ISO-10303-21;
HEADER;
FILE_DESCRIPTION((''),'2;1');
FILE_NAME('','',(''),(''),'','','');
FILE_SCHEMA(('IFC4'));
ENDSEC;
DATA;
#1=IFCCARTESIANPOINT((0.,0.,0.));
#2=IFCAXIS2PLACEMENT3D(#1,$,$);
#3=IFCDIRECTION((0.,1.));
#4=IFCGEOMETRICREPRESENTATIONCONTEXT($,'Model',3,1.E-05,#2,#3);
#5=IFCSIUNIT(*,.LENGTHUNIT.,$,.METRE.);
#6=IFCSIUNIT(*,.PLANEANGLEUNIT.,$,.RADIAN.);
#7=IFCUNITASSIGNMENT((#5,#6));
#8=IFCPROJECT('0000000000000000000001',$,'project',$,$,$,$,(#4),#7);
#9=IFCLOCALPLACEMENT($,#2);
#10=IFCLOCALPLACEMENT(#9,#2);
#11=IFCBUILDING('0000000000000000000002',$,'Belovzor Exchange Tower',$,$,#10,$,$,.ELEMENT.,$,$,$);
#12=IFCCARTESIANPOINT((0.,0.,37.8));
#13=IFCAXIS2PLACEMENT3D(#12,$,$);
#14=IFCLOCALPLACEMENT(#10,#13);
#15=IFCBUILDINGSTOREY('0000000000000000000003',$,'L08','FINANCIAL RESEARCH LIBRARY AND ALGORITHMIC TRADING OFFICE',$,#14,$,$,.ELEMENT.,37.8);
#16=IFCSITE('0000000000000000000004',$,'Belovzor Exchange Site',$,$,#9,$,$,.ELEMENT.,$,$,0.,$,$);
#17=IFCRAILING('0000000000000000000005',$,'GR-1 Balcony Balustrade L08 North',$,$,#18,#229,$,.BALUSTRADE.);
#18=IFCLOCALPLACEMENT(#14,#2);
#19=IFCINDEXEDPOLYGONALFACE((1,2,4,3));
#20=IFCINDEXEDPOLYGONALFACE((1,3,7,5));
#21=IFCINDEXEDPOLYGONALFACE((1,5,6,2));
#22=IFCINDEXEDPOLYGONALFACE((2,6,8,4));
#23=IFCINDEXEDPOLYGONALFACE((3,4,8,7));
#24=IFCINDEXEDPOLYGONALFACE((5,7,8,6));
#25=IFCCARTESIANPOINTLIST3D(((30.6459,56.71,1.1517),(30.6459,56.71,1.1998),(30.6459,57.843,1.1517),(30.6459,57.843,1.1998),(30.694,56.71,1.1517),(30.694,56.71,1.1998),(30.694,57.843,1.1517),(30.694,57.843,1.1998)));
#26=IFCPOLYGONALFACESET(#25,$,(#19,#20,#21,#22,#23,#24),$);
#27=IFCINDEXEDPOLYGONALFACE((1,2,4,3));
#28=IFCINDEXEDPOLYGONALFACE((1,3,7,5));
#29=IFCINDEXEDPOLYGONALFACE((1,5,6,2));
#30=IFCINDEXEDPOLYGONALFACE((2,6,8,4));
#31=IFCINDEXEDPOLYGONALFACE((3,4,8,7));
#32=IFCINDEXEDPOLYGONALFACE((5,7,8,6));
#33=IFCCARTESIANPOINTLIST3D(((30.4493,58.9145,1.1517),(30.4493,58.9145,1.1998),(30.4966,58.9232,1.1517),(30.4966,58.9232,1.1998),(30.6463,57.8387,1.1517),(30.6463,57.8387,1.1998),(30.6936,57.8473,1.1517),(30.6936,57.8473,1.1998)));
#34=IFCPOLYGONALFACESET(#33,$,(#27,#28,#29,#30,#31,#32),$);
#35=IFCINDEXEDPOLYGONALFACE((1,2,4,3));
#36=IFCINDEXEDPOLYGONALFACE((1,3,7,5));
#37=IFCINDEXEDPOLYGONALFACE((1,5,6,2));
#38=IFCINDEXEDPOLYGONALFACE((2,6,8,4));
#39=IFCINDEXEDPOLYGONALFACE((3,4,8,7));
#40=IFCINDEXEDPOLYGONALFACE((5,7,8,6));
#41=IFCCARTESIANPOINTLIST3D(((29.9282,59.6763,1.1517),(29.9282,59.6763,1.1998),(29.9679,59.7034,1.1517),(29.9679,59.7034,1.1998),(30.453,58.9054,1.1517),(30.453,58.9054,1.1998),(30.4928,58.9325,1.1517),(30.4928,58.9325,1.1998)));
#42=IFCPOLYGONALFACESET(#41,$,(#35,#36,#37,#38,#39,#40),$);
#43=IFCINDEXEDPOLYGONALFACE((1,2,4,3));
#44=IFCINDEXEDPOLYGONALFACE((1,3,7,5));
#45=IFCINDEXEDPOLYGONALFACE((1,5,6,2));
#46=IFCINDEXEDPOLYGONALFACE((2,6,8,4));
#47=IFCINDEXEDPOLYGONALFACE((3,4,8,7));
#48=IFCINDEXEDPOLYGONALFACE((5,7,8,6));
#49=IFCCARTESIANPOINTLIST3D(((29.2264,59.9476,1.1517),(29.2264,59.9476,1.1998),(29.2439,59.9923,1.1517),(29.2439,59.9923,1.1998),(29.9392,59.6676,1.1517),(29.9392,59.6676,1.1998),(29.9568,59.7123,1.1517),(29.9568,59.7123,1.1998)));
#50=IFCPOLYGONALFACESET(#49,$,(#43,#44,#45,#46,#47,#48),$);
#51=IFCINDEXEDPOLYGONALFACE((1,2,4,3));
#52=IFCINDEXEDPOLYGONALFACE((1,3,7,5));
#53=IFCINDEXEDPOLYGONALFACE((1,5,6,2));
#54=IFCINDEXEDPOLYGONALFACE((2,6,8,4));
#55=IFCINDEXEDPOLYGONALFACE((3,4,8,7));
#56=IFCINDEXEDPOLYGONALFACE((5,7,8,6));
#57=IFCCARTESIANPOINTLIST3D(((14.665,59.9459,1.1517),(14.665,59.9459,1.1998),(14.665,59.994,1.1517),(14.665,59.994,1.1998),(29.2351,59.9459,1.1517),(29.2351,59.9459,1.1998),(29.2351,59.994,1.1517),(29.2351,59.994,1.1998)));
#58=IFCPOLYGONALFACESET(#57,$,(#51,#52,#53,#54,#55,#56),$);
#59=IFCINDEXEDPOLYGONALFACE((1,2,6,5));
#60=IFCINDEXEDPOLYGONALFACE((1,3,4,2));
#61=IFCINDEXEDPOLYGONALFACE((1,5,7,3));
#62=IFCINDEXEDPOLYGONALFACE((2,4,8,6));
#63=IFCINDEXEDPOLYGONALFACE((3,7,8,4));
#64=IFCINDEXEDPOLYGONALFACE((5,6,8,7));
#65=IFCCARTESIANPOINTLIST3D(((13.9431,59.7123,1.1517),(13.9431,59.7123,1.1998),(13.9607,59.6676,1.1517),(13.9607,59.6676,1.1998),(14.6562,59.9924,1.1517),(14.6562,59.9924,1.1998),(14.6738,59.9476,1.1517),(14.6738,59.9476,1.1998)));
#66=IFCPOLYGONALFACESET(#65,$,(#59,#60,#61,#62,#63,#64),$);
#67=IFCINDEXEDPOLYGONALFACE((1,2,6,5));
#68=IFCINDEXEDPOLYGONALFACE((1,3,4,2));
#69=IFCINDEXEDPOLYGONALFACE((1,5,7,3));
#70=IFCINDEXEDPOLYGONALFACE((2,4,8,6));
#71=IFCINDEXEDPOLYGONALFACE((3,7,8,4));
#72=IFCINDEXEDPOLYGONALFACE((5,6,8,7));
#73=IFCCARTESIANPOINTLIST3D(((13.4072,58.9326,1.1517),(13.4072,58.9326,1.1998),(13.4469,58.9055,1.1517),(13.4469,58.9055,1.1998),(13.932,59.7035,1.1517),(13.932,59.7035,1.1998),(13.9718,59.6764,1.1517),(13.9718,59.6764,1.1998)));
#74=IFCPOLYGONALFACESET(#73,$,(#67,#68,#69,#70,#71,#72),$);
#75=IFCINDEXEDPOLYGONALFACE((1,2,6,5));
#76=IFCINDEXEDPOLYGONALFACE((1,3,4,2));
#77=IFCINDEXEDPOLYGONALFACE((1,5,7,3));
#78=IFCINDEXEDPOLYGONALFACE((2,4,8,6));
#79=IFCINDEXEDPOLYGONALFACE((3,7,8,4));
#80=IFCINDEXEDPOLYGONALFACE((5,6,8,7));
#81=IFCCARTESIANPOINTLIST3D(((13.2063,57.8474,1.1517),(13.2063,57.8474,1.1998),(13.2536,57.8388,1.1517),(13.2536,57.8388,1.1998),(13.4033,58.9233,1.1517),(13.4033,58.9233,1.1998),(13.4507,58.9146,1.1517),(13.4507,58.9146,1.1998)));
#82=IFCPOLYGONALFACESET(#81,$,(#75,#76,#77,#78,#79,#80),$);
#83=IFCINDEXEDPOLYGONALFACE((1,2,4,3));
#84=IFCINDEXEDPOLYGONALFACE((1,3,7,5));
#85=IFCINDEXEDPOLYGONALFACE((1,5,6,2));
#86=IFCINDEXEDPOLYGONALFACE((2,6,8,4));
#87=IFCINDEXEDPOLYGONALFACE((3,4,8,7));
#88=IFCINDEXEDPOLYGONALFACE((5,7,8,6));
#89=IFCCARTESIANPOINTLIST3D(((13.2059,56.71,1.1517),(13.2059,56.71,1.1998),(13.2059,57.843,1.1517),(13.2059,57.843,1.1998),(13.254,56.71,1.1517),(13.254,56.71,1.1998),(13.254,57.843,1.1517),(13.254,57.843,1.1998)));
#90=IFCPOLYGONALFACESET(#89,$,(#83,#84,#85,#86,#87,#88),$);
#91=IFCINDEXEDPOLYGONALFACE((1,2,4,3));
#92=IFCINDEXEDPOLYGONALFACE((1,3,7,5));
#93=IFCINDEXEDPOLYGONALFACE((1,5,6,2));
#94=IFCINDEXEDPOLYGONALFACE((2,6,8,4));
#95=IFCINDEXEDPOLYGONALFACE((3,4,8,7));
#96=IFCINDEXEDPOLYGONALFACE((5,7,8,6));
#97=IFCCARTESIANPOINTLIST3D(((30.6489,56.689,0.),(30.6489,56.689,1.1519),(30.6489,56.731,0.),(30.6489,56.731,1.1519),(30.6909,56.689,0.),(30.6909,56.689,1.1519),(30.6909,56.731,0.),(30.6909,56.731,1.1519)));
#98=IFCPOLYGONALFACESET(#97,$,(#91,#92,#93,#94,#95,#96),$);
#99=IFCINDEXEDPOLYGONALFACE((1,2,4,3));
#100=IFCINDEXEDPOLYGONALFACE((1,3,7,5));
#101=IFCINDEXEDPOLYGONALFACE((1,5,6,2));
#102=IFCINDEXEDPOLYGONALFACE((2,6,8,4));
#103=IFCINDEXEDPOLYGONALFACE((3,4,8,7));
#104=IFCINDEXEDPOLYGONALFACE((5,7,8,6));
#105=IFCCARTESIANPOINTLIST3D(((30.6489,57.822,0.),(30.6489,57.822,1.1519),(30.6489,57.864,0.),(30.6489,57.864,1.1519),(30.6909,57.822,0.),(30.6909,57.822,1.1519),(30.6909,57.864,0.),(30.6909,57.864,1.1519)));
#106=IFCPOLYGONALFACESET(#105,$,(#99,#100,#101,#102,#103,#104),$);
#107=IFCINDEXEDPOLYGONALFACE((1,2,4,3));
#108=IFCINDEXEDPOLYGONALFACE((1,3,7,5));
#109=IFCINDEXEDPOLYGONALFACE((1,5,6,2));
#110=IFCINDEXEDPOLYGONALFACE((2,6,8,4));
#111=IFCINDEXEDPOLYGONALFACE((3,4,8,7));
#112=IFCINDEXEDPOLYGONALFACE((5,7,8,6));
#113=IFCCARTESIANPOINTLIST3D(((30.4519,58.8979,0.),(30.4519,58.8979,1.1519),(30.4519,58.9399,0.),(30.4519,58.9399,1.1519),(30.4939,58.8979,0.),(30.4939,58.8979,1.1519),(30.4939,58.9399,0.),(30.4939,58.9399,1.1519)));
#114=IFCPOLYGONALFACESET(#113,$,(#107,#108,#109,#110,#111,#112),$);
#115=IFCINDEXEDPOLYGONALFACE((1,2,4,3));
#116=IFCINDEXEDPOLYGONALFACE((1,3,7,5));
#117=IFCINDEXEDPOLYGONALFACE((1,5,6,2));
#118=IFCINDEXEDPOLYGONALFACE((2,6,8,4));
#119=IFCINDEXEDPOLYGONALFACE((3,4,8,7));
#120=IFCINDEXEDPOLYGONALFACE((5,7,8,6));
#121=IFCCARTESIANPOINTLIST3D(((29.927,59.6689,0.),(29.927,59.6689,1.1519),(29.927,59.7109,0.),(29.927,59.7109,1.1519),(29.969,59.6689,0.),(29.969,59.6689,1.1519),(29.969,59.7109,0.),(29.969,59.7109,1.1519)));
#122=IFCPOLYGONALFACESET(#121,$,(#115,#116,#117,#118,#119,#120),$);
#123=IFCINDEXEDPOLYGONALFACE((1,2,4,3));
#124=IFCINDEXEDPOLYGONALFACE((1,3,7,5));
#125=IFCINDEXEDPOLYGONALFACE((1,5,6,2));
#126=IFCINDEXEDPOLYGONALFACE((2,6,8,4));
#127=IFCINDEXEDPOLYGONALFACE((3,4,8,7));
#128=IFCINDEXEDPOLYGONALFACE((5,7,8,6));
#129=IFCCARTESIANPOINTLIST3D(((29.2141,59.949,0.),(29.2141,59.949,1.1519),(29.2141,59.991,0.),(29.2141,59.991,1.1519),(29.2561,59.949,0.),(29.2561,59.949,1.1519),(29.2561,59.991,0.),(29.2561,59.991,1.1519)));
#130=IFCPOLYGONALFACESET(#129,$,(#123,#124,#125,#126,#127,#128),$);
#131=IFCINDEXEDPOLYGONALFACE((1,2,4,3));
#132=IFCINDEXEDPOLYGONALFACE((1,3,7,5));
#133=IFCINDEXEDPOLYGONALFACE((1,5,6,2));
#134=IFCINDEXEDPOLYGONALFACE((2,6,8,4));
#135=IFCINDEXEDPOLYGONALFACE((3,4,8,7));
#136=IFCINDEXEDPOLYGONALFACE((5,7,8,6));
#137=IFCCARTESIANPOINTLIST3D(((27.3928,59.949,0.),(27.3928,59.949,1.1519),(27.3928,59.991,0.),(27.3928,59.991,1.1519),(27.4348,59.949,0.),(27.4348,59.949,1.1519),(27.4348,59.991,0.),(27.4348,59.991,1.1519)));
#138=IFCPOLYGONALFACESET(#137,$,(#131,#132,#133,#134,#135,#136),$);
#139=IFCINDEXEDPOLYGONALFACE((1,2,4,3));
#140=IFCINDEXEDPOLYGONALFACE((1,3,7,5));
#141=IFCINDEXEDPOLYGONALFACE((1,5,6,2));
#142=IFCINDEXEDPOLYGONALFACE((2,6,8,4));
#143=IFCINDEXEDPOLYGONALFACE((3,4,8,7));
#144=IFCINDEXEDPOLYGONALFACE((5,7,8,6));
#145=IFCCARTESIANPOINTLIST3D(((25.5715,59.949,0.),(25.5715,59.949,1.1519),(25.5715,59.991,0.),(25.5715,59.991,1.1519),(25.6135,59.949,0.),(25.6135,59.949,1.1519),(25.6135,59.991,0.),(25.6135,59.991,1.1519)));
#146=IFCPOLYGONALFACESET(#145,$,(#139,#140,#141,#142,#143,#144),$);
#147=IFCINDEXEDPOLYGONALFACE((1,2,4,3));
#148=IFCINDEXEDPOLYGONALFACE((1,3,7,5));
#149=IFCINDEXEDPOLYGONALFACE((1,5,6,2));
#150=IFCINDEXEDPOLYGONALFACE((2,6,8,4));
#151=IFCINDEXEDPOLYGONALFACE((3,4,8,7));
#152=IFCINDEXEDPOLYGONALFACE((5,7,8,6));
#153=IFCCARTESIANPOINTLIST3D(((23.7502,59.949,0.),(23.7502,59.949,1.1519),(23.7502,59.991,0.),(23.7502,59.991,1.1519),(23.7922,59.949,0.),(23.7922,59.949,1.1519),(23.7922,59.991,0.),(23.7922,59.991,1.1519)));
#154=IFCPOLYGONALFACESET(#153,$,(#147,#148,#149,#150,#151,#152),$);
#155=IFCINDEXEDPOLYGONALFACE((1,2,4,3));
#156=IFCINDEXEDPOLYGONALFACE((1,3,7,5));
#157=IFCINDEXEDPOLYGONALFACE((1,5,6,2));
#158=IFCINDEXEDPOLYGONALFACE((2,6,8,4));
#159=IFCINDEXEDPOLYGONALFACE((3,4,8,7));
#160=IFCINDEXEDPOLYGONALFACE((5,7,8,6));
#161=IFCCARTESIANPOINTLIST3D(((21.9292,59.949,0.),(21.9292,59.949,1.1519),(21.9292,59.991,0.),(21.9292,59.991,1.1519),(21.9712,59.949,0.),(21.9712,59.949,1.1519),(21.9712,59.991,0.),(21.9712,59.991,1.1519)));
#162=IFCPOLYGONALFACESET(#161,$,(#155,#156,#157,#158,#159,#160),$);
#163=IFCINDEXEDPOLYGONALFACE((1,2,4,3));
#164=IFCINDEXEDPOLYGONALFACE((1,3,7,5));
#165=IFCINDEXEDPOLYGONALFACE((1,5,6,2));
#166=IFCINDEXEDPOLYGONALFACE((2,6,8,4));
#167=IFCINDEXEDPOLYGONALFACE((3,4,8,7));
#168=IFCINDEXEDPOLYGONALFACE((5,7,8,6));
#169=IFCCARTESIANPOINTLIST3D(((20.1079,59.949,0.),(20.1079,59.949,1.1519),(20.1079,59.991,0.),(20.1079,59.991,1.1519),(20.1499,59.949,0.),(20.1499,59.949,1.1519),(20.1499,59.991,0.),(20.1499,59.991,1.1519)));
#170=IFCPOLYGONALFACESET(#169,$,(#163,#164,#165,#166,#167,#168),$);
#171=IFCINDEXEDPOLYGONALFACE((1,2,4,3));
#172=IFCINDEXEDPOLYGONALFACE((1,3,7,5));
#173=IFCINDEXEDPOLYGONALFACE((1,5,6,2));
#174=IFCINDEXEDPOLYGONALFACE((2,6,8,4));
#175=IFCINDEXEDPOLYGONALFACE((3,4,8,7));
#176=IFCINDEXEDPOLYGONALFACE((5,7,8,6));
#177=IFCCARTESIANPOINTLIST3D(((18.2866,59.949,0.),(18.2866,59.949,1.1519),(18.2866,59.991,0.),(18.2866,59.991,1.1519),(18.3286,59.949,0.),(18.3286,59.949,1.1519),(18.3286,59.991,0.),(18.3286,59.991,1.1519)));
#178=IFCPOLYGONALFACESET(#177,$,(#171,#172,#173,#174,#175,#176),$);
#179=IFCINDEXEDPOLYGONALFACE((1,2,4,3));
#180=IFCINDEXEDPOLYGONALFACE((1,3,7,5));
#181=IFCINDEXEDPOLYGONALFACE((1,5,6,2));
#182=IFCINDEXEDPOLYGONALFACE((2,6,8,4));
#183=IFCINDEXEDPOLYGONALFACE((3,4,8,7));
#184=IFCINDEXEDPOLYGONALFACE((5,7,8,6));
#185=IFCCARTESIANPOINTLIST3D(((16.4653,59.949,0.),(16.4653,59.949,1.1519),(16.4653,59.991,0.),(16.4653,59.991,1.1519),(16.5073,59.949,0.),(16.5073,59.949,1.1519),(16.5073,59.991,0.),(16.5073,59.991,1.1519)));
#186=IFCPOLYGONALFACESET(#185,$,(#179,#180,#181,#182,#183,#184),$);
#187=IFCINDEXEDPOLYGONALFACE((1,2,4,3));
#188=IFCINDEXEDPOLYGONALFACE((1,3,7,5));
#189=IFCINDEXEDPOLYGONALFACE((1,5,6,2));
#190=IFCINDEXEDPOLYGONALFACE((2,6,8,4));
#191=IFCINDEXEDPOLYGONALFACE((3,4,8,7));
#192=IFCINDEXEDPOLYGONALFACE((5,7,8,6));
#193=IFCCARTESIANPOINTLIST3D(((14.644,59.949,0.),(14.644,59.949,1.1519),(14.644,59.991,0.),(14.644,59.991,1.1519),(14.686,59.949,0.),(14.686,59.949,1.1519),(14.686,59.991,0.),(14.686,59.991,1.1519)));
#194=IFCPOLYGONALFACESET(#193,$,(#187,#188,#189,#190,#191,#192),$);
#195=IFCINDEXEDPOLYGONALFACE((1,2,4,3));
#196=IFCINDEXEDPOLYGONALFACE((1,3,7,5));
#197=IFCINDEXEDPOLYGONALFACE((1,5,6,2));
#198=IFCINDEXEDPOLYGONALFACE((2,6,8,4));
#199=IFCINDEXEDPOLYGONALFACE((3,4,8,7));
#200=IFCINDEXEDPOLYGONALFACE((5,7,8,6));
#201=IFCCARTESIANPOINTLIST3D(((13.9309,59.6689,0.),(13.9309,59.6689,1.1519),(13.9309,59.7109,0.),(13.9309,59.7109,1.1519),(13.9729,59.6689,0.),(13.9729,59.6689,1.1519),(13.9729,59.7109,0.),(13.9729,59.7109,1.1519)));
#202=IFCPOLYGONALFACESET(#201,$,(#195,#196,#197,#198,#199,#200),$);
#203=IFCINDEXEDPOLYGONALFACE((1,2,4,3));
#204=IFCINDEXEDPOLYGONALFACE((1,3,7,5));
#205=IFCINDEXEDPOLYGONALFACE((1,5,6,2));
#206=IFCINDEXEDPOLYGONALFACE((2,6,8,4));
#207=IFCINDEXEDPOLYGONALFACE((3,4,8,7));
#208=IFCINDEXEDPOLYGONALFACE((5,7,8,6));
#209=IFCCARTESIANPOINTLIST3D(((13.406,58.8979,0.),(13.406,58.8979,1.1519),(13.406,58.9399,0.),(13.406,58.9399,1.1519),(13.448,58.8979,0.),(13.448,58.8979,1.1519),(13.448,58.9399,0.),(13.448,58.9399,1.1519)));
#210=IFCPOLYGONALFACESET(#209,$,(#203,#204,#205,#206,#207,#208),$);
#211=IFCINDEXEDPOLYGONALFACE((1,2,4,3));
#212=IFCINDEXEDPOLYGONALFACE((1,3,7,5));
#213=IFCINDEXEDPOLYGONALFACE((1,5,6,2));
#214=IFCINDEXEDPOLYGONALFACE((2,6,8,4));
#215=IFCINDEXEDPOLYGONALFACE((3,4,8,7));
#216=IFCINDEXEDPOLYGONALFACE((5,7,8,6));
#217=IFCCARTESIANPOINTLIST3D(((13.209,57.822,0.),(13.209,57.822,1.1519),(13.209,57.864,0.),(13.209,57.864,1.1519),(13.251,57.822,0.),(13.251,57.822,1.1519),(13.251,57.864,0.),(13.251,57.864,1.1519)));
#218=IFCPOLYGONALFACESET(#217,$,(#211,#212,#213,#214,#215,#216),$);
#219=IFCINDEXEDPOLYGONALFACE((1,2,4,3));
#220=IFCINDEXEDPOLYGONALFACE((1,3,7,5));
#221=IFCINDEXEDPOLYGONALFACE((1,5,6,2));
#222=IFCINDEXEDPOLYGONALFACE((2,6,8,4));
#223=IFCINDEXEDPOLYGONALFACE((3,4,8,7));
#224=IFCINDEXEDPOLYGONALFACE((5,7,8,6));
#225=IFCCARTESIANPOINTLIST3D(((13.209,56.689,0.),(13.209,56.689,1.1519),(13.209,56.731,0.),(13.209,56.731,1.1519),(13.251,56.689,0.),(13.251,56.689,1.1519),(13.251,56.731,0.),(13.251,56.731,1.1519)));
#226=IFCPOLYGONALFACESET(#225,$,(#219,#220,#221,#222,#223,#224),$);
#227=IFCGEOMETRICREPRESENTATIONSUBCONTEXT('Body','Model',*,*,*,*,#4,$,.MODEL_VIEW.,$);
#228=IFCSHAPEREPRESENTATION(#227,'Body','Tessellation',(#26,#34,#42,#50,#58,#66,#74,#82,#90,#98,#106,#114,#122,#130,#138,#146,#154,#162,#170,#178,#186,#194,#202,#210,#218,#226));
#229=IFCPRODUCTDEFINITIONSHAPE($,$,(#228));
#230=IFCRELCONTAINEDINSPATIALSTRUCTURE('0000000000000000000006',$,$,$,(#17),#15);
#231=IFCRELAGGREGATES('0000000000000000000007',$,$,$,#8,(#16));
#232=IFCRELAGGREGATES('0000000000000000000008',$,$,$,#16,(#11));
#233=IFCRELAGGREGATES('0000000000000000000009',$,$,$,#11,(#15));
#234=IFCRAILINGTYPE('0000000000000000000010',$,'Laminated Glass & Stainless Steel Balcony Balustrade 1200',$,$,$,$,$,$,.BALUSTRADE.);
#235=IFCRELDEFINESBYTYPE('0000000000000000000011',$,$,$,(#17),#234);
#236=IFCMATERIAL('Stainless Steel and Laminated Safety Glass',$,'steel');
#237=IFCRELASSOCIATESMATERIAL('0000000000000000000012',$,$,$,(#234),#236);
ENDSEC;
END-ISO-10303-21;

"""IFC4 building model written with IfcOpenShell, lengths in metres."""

from ifc_helpers import new_model, si_unit, direction, frame, origin, origin_2d, place, context, subcontext, project, spatial, rectangle, extrude, material, type_object, element, save


model = new_model("IFC4")

# Units and contexts
model_context = context("Model", 3, precision=1e-05, world=origin(), true_north=direction((0.0, 1.0)))
body_context = subcontext(model_context, "Body", "Model", "MODEL_VIEW")
ifc_project = project(units=[si_unit("LENGTHUNIT", "METRE"), si_unit("PLANEANGLEUNIT", "RADIAN")], contexts=[model_context])

# Site, building, storey
site_placement = place(None, origin())
site = spatial("IfcSite", under=ifc_project, at=site_placement, Name="Belovzor Exchange Site", CompositionType="ELEMENT", RefElevation=0.0)
building_placement = place(site_placement, origin())
building = spatial("IfcBuilding", under=site, at=building_placement, Name="Belovzor Exchange Tower", CompositionType="ELEMENT")
storey_placement = place(building_placement, frame((0.0, 0.0, 37.8)))
storey = spatial("IfcBuildingStorey", under=building, at=storey_placement, Name="L08", Description="FINANCIAL RESEARCH LIBRARY AND ALGORITHMIC TRADING OFFICE", CompositionType="ELEMENT", Elevation=37.8)

# Railing
ifc_material_1 = material(Name="Stainless Steel and Laminated Safety Glass", Category="steel")
railing_type = type_object("IfcRailingType", Name="Laminated Glass & Stainless Steel Balcony Balustrade 1200", PredefinedType="BALUSTRADE", material=ifc_material_1)
railing_placement = place(storey_placement, frame((30.6699, 56.71, 0.0)))
element("IfcRailing", 1, at=railing_placement, inside=storey, type_object=railing_type, Name="GR-1 Balcony Balustrade L08 North", PredefinedType="BALUSTRADE", context=body_context, shape_type="SweptSolid", body=[
    extrude(rectangle(XDim=0.0481, YDim=0.0481, at=origin_2d()), frame((0.0, 0.0, 1.1758), z_axis=(0.0, 1.0, 0.0), x_axis=(-1.0, 0.0, 0.0)), (0.0, 0.0, 1.0), 1.1331),
    extrude(rectangle(XDim=0.0481, YDim=0.0481, at=origin_2d()), frame((0.0, 1.1331, 1.1758), z_axis=(-0.180123, 0.983644, 0.0), x_axis=(-0.983644, -0.180123, 0.0)), (0.0, 0.0, 1.0), 1.0938),
    extrude(rectangle(XDim=0.0481, YDim=0.0481, at=origin_2d()), frame((-0.197, 2.209, 1.1758), z_axis=(-0.562768, 0.826615, 0.0), x_axis=(-0.826615, -0.562768, 0.0)), (0.0, 0.0, 1.0), 0.9326),
    extrude(rectangle(XDim=0.0481, YDim=0.0481, at=origin_2d()), frame((-0.7219, 2.98, 1.1758), z_axis=(-0.930767, 0.365613, 0.0), x_axis=(-0.365613, -0.930767, 0.0)), (0.0, 0.0, 1.0), 0.7659),
    extrude(rectangle(XDim=0.0481, YDim=0.0481, at=origin_2d()), frame((-1.4348, 3.26, 1.1758), z_axis=(-1.0, 0.0, 0.0), x_axis=(0.0, -1.0, 0.0)), (0.0, 0.0, 1.0), 14.5701),
    extrude(rectangle(XDim=0.0481, YDim=0.0481, at=origin_2d()), frame((-16.0049, 3.26, 1.1758), z_axis=(-0.93081, -0.365504, 0.0), x_axis=(0.365504, -0.93081, 0.0)), (0.0, 0.0, 1.0), 0.7661),
    extrude(rectangle(XDim=0.0481, YDim=0.0481, at=origin_2d()), frame((-16.718, 2.98, 1.1758), z_axis=(-0.562768, -0.826615, 0.0), x_axis=(0.826615, -0.562768, 0.0)), (0.0, 0.0, 1.0), 0.9326),
    extrude(rectangle(XDim=0.0481, YDim=0.0481, at=origin_2d()), frame((-17.2429, 2.209, 1.1758), z_axis=(-0.180123, -0.983644, 0.0), x_axis=(0.983644, -0.180123, 0.0)), (0.0, 0.0, 1.0), 1.0938),
    extrude(rectangle(XDim=0.0481, YDim=0.0481, at=origin_2d()), frame((-17.4399, 1.1331, 1.1758), z_axis=(0.0, -1.0, 0.0), x_axis=(1.0, 0.0, 0.0)), (0.0, 0.0, 1.0), 1.1331),
    extrude(rectangle(XDim=0.042, YDim=0.042, at=origin_2d()), origin(), (0.0, 0.0, 1.0), 1.1519),
    extrude(rectangle(XDim=0.042, YDim=0.042, at=origin_2d()), frame((0.0, 1.1331, 0.0)), (0.0, 0.0, 1.0), 1.1519),
    extrude(rectangle(XDim=0.042, YDim=0.042, at=origin_2d()), frame((-0.197, 2.209, 0.0)), (0.0, 0.0, 1.0), 1.1519),
    extrude(rectangle(XDim=0.042, YDim=0.042, at=origin_2d()), frame((-0.7219, 2.98, 0.0)), (0.0, 0.0, 1.0), 1.1519),
    extrude(rectangle(XDim=0.042, YDim=0.042, at=origin_2d()), frame((-1.4348, 3.26, 0.0)), (0.0, 0.0, 1.0), 1.1519),
    extrude(rectangle(XDim=0.042, YDim=0.042, at=origin_2d()), frame((-3.2561, 3.26, 0.0)), (0.0, 0.0, 1.0), 1.1519),
    extrude(rectangle(XDim=0.042, YDim=0.042, at=origin_2d()), frame((-5.0774, 3.26, 0.0)), (0.0, 0.0, 1.0), 1.1519),
    extrude(rectangle(XDim=0.042, YDim=0.042, at=origin_2d()), frame((-6.8987, 3.26, 0.0)), (0.0, 0.0, 1.0), 1.1519),
    extrude(rectangle(XDim=0.042, YDim=0.042, at=origin_2d()), frame((-8.7197, 3.26, 0.0)), (0.0, 0.0, 1.0), 1.1519),
    extrude(rectangle(XDim=0.042, YDim=0.042, at=origin_2d()), frame((-10.541, 3.26, 0.0)), (0.0, 0.0, 1.0), 1.1519),
    extrude(rectangle(XDim=0.042, YDim=0.042, at=origin_2d()), frame((-12.3623, 3.26, 0.0)), (0.0, 0.0, 1.0), 1.1519),
    extrude(rectangle(XDim=0.042, YDim=0.042, at=origin_2d()), frame((-14.1836, 3.26, 0.0)), (0.0, 0.0, 1.0), 1.1519),
    extrude(rectangle(XDim=0.042, YDim=0.042, at=origin_2d()), frame((-16.0049, 3.26, 0.0)), (0.0, 0.0, 1.0), 1.1519),
    extrude(rectangle(XDim=0.042, YDim=0.042, at=origin_2d()), frame((-16.718, 2.98, 0.0)), (0.0, 0.0, 1.0), 1.1519),
    extrude(rectangle(XDim=0.042, YDim=0.042, at=origin_2d()), frame((-17.2429, 2.209, 0.0)), (0.0, 0.0, 1.0), 1.1519),
    extrude(rectangle(XDim=0.042, YDim=0.042, at=origin_2d()), frame((-17.4399, 1.1331, 0.0)), (0.0, 0.0, 1.0), 1.1519),
    extrude(rectangle(XDim=0.042, YDim=0.042, at=origin_2d()), frame((-17.4399, 0.0, 0.0)), (0.0, 0.0, 1.0), 1.1519),
])

save(model, "model.ifc")
